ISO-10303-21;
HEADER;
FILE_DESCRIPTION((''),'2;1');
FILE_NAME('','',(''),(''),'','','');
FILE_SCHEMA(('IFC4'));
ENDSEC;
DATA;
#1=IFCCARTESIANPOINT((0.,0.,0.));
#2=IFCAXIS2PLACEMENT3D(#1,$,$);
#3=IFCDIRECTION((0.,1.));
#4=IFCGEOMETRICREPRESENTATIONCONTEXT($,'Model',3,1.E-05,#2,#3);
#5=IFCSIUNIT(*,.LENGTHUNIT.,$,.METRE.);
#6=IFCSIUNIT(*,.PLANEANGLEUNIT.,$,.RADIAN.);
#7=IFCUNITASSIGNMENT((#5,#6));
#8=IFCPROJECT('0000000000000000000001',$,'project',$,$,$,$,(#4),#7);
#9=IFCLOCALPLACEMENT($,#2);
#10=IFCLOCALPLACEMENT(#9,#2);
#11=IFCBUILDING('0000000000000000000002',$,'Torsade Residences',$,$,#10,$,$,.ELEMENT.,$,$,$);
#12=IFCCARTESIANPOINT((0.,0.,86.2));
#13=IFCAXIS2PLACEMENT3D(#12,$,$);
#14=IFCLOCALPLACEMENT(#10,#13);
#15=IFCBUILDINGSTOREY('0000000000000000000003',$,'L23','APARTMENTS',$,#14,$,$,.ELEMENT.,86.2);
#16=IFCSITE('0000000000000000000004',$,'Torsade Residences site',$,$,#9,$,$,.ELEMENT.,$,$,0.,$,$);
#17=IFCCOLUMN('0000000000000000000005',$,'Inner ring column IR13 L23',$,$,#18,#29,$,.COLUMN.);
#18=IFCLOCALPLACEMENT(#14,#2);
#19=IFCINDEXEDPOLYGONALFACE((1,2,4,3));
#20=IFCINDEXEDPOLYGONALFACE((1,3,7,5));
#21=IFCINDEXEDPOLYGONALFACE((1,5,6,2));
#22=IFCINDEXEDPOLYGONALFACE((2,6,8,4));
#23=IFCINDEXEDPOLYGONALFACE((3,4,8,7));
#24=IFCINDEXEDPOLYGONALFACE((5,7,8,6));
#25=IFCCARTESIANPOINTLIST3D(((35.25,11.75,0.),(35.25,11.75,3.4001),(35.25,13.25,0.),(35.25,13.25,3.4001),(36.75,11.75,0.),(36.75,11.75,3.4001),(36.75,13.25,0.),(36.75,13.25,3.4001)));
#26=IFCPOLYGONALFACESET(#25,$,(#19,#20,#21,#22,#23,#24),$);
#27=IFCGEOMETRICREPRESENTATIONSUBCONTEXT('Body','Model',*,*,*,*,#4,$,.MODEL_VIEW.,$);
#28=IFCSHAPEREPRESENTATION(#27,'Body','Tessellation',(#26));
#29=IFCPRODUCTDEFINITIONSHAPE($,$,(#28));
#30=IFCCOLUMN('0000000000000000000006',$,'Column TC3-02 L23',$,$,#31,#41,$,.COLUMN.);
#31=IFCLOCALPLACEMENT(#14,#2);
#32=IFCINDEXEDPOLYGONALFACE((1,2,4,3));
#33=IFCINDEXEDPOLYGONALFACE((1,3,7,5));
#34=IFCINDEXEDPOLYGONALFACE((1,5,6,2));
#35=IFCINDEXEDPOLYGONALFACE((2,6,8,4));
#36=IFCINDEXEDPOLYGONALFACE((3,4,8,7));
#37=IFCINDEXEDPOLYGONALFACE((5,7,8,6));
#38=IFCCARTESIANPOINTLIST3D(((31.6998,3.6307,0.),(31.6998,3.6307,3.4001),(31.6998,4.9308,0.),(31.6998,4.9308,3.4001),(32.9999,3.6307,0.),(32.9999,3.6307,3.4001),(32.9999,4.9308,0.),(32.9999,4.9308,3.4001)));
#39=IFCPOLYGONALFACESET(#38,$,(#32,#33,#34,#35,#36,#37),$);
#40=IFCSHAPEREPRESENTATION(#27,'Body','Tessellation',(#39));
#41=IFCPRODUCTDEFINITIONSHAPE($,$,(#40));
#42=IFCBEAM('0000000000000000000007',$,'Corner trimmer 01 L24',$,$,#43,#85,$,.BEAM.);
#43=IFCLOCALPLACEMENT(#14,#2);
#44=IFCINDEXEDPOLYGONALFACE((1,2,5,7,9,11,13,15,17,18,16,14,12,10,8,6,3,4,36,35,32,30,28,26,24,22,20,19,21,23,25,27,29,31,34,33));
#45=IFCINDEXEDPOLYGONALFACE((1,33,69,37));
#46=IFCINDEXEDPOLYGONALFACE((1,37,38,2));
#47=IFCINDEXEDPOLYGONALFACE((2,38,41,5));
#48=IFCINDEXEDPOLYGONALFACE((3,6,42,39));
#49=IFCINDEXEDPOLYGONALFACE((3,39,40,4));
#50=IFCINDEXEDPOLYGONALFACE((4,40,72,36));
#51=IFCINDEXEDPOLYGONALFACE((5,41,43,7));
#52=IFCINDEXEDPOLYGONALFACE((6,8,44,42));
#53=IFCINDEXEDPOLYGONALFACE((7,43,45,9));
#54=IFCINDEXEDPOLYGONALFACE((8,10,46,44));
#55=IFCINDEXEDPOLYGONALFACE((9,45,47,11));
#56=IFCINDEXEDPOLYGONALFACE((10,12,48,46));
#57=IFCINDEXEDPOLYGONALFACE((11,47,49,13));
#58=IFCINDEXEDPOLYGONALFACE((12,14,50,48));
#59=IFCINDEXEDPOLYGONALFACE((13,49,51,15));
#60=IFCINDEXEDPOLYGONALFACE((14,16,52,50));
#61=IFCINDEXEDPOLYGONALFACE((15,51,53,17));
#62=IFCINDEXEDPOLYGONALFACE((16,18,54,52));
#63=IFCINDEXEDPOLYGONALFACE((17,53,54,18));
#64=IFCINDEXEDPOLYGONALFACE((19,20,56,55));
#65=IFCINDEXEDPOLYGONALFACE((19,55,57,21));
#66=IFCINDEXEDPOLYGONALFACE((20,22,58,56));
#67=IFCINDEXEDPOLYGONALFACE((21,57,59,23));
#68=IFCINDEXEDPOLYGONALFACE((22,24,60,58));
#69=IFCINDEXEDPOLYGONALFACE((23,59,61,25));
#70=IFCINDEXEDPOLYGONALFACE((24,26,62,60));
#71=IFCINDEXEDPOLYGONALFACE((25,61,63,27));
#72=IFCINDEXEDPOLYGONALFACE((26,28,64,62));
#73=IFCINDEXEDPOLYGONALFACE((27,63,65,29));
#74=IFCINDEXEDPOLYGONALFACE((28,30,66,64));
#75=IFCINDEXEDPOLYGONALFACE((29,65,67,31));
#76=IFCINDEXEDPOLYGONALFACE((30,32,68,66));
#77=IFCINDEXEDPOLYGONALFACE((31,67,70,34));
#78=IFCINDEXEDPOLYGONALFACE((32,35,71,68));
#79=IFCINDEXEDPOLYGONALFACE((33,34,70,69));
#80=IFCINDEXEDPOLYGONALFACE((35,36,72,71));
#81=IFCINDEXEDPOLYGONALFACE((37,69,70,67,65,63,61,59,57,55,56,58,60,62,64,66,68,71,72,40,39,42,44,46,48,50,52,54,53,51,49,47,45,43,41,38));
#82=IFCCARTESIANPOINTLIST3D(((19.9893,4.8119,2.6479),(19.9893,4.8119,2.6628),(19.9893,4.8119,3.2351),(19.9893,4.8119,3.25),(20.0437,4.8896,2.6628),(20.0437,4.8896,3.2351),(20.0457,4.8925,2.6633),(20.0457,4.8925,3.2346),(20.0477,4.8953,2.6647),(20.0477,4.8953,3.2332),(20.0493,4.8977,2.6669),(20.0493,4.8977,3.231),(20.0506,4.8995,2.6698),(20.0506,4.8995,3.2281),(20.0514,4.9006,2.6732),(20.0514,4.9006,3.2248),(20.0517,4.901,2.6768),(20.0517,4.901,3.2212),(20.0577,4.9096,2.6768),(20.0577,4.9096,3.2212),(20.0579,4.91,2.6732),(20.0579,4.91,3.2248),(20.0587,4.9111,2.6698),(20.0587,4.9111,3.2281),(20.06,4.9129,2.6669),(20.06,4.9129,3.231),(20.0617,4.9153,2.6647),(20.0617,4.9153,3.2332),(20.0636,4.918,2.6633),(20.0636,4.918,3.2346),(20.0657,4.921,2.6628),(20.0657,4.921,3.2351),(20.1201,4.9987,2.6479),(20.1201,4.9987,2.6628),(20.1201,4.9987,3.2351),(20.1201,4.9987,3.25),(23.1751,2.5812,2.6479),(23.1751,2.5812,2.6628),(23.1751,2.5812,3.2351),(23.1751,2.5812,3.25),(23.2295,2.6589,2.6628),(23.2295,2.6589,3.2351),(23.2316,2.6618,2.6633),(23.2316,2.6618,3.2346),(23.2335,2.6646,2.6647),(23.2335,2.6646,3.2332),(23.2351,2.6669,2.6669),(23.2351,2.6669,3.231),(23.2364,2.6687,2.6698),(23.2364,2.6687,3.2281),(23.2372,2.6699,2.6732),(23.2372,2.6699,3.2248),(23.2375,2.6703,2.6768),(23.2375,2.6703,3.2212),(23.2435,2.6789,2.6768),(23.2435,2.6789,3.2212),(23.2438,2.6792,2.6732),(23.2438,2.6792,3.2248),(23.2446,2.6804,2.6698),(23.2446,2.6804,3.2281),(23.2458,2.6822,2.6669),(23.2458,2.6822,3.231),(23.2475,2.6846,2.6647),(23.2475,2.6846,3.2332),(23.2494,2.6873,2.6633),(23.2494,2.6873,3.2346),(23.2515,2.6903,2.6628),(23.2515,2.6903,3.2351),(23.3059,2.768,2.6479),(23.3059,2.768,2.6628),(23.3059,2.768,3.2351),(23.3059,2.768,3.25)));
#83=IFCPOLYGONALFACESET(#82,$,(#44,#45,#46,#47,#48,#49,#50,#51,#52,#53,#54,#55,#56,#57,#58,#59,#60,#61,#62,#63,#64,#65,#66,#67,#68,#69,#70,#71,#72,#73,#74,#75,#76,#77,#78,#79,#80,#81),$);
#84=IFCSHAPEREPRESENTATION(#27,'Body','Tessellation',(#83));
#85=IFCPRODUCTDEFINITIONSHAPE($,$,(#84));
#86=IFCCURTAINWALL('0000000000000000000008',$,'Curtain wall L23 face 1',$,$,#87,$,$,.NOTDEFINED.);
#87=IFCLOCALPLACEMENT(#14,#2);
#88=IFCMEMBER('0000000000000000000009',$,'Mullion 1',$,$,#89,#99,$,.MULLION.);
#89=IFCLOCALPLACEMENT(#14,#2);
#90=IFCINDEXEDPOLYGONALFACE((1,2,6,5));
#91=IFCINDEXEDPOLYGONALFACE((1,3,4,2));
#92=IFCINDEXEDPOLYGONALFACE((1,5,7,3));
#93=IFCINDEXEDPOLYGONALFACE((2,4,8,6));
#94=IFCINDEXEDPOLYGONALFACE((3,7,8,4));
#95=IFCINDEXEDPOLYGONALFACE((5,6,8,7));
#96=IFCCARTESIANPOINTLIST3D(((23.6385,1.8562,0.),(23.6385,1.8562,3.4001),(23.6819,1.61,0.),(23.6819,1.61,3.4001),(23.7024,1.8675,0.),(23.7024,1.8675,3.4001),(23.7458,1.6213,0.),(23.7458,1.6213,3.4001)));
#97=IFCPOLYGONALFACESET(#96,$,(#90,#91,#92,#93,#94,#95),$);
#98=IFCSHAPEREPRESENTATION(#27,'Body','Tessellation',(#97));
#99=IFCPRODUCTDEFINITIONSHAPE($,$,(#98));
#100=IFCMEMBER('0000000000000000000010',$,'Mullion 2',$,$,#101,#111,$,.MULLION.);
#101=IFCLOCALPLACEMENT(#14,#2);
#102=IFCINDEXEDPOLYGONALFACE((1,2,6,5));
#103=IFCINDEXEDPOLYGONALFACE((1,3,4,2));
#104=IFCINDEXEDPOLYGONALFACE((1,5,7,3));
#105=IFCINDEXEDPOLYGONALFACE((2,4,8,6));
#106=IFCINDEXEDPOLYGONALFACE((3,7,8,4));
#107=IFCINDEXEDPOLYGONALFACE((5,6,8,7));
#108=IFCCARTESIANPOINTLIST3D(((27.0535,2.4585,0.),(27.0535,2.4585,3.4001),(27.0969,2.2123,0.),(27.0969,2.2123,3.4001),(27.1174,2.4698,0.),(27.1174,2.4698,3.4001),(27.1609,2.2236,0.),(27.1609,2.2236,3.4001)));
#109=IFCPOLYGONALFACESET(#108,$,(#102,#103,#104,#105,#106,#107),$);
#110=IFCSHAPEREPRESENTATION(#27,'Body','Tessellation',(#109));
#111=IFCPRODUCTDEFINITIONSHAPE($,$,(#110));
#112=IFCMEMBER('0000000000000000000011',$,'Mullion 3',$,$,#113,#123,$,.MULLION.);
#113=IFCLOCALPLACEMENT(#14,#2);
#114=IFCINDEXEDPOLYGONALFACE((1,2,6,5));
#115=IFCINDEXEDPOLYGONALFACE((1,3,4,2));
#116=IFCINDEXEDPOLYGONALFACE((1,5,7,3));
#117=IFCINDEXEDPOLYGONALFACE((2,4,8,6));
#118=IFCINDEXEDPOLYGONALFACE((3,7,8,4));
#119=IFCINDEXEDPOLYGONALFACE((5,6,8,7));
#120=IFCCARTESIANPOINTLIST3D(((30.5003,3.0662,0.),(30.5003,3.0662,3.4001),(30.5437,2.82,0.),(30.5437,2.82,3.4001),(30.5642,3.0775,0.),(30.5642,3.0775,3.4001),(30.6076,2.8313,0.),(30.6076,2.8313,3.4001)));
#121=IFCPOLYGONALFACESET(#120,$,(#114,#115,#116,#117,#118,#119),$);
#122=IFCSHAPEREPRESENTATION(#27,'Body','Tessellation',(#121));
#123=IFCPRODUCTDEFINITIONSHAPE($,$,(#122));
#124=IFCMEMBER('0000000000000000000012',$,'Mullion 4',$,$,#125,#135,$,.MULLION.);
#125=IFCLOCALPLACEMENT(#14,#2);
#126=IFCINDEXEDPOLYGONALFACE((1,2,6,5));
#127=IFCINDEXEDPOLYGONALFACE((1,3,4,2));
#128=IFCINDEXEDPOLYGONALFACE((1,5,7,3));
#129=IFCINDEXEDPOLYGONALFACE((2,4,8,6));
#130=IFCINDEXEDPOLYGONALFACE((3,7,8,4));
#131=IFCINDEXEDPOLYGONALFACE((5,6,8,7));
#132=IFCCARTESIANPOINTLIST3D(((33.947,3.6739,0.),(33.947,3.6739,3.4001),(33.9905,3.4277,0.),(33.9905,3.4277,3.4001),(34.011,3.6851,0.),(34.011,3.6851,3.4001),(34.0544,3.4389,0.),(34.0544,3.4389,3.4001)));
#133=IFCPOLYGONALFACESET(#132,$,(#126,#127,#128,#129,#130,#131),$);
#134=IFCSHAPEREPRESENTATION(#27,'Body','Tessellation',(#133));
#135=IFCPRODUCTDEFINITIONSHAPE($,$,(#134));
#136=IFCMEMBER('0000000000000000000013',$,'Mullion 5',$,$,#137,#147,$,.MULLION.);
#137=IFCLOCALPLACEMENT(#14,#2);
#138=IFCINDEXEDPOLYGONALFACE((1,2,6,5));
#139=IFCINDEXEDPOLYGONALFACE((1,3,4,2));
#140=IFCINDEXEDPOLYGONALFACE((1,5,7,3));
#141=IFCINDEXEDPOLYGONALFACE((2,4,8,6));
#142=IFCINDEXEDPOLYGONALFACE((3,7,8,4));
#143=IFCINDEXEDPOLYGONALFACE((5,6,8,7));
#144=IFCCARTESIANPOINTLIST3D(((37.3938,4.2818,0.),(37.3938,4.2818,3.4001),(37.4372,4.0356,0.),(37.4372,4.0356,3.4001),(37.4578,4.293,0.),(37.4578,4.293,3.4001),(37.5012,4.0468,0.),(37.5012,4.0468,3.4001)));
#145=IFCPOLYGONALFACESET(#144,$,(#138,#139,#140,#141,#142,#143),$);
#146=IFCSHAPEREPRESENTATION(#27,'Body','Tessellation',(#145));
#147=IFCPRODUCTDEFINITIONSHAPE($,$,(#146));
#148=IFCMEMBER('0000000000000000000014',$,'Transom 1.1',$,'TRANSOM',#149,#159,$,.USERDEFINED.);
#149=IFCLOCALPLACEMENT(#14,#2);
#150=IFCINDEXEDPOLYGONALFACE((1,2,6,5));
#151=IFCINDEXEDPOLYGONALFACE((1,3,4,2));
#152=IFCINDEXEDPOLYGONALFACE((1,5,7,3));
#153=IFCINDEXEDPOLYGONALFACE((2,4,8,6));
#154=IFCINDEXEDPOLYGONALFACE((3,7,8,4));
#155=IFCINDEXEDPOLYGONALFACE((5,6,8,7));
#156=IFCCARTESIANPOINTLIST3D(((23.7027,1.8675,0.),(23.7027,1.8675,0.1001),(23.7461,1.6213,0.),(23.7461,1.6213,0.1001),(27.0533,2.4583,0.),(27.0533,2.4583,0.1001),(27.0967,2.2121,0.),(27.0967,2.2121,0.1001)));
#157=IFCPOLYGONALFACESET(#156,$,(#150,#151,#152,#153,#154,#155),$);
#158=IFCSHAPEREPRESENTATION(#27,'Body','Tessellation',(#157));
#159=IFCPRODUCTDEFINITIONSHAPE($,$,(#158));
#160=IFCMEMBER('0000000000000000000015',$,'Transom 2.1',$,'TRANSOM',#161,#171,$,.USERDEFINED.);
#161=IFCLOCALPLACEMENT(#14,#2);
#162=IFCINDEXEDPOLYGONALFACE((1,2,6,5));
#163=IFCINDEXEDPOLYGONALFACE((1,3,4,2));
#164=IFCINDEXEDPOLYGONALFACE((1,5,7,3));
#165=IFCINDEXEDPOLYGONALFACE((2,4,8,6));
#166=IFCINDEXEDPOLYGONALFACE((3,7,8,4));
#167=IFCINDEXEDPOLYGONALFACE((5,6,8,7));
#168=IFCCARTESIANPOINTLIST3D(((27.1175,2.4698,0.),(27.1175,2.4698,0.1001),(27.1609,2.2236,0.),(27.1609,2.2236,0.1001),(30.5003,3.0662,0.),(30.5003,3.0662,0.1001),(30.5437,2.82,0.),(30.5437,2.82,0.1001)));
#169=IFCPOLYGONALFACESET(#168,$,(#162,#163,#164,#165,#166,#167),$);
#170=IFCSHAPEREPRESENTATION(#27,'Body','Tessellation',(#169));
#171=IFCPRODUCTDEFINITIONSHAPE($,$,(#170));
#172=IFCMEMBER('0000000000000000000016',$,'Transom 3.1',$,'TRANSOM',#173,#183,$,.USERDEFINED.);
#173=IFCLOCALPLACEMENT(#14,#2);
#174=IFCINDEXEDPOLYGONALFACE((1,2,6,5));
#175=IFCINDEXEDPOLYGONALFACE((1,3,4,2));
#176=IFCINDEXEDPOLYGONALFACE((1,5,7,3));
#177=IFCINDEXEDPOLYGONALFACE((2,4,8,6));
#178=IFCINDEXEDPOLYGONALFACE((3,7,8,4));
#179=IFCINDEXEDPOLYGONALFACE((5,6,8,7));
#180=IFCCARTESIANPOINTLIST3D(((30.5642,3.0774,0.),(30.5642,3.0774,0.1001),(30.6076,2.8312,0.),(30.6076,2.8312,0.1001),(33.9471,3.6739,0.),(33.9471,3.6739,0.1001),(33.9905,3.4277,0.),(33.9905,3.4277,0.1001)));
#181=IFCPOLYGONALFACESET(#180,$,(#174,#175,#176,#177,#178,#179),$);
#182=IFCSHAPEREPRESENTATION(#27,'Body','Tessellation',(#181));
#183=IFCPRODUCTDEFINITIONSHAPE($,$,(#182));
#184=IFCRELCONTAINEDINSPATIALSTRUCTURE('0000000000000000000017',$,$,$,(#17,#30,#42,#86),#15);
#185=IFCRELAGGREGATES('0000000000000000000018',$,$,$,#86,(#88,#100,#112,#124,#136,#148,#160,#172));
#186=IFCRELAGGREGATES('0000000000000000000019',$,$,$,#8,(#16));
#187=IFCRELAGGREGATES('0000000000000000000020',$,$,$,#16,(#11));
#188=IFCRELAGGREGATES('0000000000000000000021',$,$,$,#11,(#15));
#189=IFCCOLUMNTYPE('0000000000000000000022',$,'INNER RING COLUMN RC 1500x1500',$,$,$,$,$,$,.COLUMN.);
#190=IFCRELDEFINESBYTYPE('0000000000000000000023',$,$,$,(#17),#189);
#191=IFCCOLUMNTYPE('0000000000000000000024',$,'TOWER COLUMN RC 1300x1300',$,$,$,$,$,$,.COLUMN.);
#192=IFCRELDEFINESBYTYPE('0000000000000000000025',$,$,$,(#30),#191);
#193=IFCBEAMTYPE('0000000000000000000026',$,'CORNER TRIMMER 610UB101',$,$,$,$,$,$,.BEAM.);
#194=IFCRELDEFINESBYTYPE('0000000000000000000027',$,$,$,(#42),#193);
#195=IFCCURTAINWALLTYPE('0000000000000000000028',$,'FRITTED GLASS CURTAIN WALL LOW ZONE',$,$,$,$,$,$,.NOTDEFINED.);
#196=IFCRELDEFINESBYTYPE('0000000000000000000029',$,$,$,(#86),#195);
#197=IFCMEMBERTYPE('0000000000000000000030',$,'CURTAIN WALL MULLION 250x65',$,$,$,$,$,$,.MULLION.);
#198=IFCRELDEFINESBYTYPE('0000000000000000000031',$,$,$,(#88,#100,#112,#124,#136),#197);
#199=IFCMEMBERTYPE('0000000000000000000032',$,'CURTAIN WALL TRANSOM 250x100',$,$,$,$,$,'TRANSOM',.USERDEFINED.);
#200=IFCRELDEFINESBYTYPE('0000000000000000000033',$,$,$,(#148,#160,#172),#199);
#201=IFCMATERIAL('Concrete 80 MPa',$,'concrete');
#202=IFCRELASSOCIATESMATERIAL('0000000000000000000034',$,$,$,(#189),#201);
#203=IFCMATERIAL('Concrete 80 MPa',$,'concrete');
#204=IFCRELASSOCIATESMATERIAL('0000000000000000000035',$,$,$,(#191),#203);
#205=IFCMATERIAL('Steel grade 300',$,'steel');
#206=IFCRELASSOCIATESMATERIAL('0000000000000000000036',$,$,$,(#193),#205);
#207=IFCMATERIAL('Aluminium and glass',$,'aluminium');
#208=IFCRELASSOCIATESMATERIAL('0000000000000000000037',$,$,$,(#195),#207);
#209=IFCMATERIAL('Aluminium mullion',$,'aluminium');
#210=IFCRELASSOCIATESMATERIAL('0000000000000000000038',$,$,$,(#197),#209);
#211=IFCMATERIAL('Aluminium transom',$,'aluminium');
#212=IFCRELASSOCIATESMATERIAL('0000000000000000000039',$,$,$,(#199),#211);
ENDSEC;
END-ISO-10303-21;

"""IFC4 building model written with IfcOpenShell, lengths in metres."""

from ifc_helpers import new_model, si_unit, direction, frame, origin, origin_2d, place, context, subcontext, project, spatial, rectangle, i_section, extrude, material, material_profile, profile_set, type_object, element, aggregate, save


model = new_model("IFC4")

# Units and contexts
model_context = context("Model", 3, precision=1e-05, world=origin(), true_north=direction((0.0, 1.0)))
body_context = subcontext(model_context, "Body", "Model", "MODEL_VIEW")
ifc_project = project(units=[si_unit("LENGTHUNIT", "METRE"), si_unit("PLANEANGLEUNIT", "RADIAN")], contexts=[model_context])

# Site, building, storey
site_placement = place(None, origin())
site = spatial("IfcSite", under=ifc_project, at=site_placement, Name="Torsade Residences site", CompositionType="ELEMENT", RefElevation=0.0)
building_placement = place(site_placement, origin())
building = spatial("IfcBuilding", under=site, at=building_placement, Name="Torsade Residences", CompositionType="ELEMENT")
storey_placement = place(building_placement, frame((0.0, 0.0, 86.2)))
storey = spatial("IfcBuildingStorey", under=building, at=storey_placement, Name="L23", Description="APARTMENTS", CompositionType="ELEMENT", Elevation=86.2)

# Columns
ifc_material_1 = material(Name="Concrete 80 MPa", Category="concrete")
ifc_material_profile_1 = material_profile(ifc_material_1, rectangle(XDim=1.5, YDim=1.5, at=origin_2d()), Name="RC 1500x1500")
ifc_profile_set_1 = profile_set([ifc_material_profile_1], Name="Concrete 80 MPa")
column_type_1 = type_object("IfcColumnType", Name="INNER RING COLUMN RC 1500x1500", PredefinedType="COLUMN", material=ifc_profile_set_1)
column_1_placement = place(storey_placement, frame((36.0, 12.5, 0.0), z_axis=(0.0, 0.0, 1.0), x_axis=(1.0, 0.0, 0.0)))
element("IfcColumn", 1, at=column_1_placement, inside=storey, type_object=column_type_1, Name="Inner ring column IR13 L23", PredefinedType="COLUMN", context=body_context, shape_type="SweptSolid", body=[
    extrude(rectangle(XDim=1.5, YDim=1.5, at=origin_2d()), origin(), (0.0, 0.0, 1.0), 3.4001),
])
ifc_material_2 = material(Name="Concrete 80 MPa", Category="concrete")
ifc_material_profile_2 = material_profile(ifc_material_2, rectangle(XDim=1.3, YDim=1.3, at=origin_2d()), Name="RC 1300x1300")
ifc_profile_set_2 = profile_set([ifc_material_profile_2], Name="Concrete 80 MPa")
column_type_2 = type_object("IfcColumnType", Name="TOWER COLUMN RC 1300x1300", PredefinedType="COLUMN", material=ifc_profile_set_2)
column_2_placement = place(storey_placement, frame((32.3499, 4.2808, 0.0), z_axis=(0.0, 0.0, 1.0), x_axis=(1.0, 0.0, 0.0)))
element("IfcColumn", 2, at=column_2_placement, inside=storey, type_object=column_type_2, Name="Column TC3-02 L23", PredefinedType="COLUMN", context=body_context, shape_type="SweptSolid", body=[
    extrude(rectangle(XDim=1.3, YDim=1.3, at=origin_2d()), origin(), (0.0, 0.0, 1.0), 3.4001),
])

# Beam
ifc_material_3 = material(Name="Steel grade 300", Category="steel")
ifc_material_profile_3 = material_profile(ifc_material_3, i_section(OverallWidth=0.228, OverallDepth=0.6021, WebThickness=0.0105, FlangeThickness=0.0149, FilletRadius=0.0139, at=origin_2d()), Name="610UB101")
ifc_profile_set_3 = profile_set([ifc_material_profile_3], Name="Steel grade 300")
beam_type_1 = type_object("IfcBeamType", Name="CORNER TRIMMER 610UB101", PredefinedType="BEAM", material=ifc_profile_set_3)
beam_1_placement = place(storey_placement, frame((23.2405, 2.6746, 2.949), z_axis=(-0.819152, 0.573576, 0.0), x_axis=(-0.573576, -0.819152, 0.0)))
element("IfcBeam", 3, at=beam_1_placement, inside=storey, type_object=beam_type_1, Name="Corner trimmer 01 L24", PredefinedType="BEAM", context=body_context, shape_type="SweptSolid", body=[
    extrude(i_section(OverallWidth=0.228, OverallDepth=0.6021, WebThickness=0.0105, FlangeThickness=0.0149, FilletRadius=0.0139, at=origin_2d()), origin(), (0.0, 0.0, 1.0), 3.8892),
])

# Curtain wall, members
ifc_material_4 = material(Name="Aluminium and glass", Category="aluminium")
curtain_wall_type = type_object("IfcCurtainWallType", Name="FRITTED GLASS CURTAIN WALL LOW ZONE", PredefinedType="NOTDEFINED", material=ifc_material_4)
curtain_wall_placement = place(storey_placement, origin())
curtain_wall = element("IfcCurtainWall", 4, at=curtain_wall_placement, inside=storey, type_object=curtain_wall_type, Name="Curtain wall L23 face 1", PredefinedType="NOTDEFINED")
ifc_material_5 = material(Name="Aluminium mullion", Category="aluminium")
ifc_material_profile_4 = material_profile(ifc_material_5, rectangle(XDim=0.25, YDim=0.0649, at=origin_2d()), Name="CURTAIN WALL MULLION 250x65")
ifc_profile_set_4 = profile_set([ifc_material_profile_4], Name="Aluminium mullion")
member_type_1 = type_object("IfcMemberType", Name="CURTAIN WALL MULLION 250x65", PredefinedType="MULLION", material=ifc_profile_set_4)
member_1_placement = place(storey_placement, frame((23.6921, 1.7388, 0.0), z_axis=(0.0, 0.0, 1.0), x_axis=(-0.173648, 0.984808, 0.0)))
member_1 = element("IfcMember", 5, at=member_1_placement, type_object=member_type_1, Name="Mullion 1", PredefinedType="MULLION", context=body_context, shape_type="SweptSolid", body=[
    extrude(rectangle(XDim=0.25, YDim=0.0649, at=origin_2d()), origin(), (0.0, 0.0, 1.0), 3.4001),
])
member_2_placement = place(storey_placement, frame((27.1072, 2.3411, 0.0), z_axis=(0.0, 0.0, 1.0), x_axis=(-0.173648, 0.984808, 0.0)))
member_2 = element("IfcMember", 6, at=member_2_placement, type_object=member_type_1, Name="Mullion 2", PredefinedType="MULLION", context=body_context, shape_type="SweptSolid", body=[
    extrude(rectangle(XDim=0.25, YDim=0.0649, at=origin_2d()), origin(), (0.0, 0.0, 1.0), 3.4001),
])
member_3_placement = place(storey_placement, frame((30.554, 2.9487, 0.0), z_axis=(0.0, 0.0, 1.0), x_axis=(-0.173648, 0.984808, 0.0)))
member_3 = element("IfcMember", 7, at=member_3_placement, type_object=member_type_1, Name="Mullion 3", PredefinedType="MULLION", context=body_context, shape_type="SweptSolid", body=[
    extrude(rectangle(XDim=0.25, YDim=0.0649, at=origin_2d()), origin(), (0.0, 0.0, 1.0), 3.4001),
])
member_4_placement = place(storey_placement, frame((34.0007, 3.5564, 0.0), z_axis=(0.0, 0.0, 1.0), x_axis=(-0.173648, 0.984808, 0.0)))
member_4 = element("IfcMember", 8, at=member_4_placement, type_object=member_type_1, Name="Mullion 4", PredefinedType="MULLION", context=body_context, shape_type="SweptSolid", body=[
    extrude(rectangle(XDim=0.25, YDim=0.0649, at=origin_2d()), origin(), (0.0, 0.0, 1.0), 3.4001),
])
member_5_placement = place(storey_placement, frame((37.4475, 4.1643, 0.0), z_axis=(0.0, 0.0, 1.0), x_axis=(-0.173648, 0.984808, 0.0)))
member_5 = element("IfcMember", 9, at=member_5_placement, type_object=member_type_1, Name="Mullion 5", PredefinedType="MULLION", context=body_context, shape_type="SweptSolid", body=[
    extrude(rectangle(XDim=0.25, YDim=0.0649, at=origin_2d()), origin(), (0.0, 0.0, 1.0), 3.4001),
])
ifc_material_6 = material(Name="Aluminium transom", Category="aluminium")
ifc_material_profile_5 = material_profile(ifc_material_6, rectangle(XDim=0.25, YDim=0.1001, at=origin_2d()), Name="CURTAIN WALL TRANSOM 250x100")
ifc_profile_set_5 = profile_set([ifc_material_profile_5], Name="Aluminium transom")
member_type_2 = type_object("IfcMemberType", Name="CURTAIN WALL TRANSOM 250x100", ElementType="TRANSOM", PredefinedType="USERDEFINED", material=ifc_profile_set_5)
member_6_placement = place(storey_placement, frame((23.7244, 1.7444, 0.05), z_axis=(0.984807, 0.173654, 0.0), x_axis=(-0.173654, 0.984807, 0.0)))
member_6 = element("IfcMember", 10, at=member_6_placement, type_object=member_type_2, Name="Transom 1.1", ObjectType="TRANSOM", PredefinedType="USERDEFINED", context=body_context, shape_type="SweptSolid", body=[
    extrude(rectangle(XDim=0.25, YDim=0.1001, at=origin_2d()), origin(), (0.0, 0.0, 1.0), 3.4023),
])
member_7_placement = place(storey_placement, frame((27.1392, 2.3467, 0.05), z_axis=(0.98481, 0.173635, 0.0), x_axis=(-0.173635, 0.98481, 0.0)))
member_7 = element("IfcMember", 11, at=member_7_placement, type_object=member_type_2, Name="Transom 2.1", ObjectType="TRANSOM", PredefinedType="USERDEFINED", context=body_context, shape_type="SweptSolid", body=[
    extrude(rectangle(XDim=0.25, YDim=0.1001, at=origin_2d()), origin(), (0.0, 0.0, 1.0), 3.4351),
])
member_8_placement = place(storey_placement, frame((30.5859, 2.9543, 0.05), z_axis=(0.98481, 0.173635, 0.0), x_axis=(-0.173635, 0.98481, 0.0)))
member_8 = element("IfcMember", 12, at=member_8_placement, type_object=member_type_2, Name="Transom 3.1", ObjectType="TRANSOM", PredefinedType="USERDEFINED", context=body_context, shape_type="SweptSolid", body=[
    extrude(rectangle(XDim=0.25, YDim=0.1001, at=origin_2d()), origin(), (0.0, 0.0, 1.0), 3.4351),
])

aggregate(curtain_wall, [member_1, member_2, member_3, member_4, member_5, member_6, member_7, member_8])

save(model, "model.ifc")
